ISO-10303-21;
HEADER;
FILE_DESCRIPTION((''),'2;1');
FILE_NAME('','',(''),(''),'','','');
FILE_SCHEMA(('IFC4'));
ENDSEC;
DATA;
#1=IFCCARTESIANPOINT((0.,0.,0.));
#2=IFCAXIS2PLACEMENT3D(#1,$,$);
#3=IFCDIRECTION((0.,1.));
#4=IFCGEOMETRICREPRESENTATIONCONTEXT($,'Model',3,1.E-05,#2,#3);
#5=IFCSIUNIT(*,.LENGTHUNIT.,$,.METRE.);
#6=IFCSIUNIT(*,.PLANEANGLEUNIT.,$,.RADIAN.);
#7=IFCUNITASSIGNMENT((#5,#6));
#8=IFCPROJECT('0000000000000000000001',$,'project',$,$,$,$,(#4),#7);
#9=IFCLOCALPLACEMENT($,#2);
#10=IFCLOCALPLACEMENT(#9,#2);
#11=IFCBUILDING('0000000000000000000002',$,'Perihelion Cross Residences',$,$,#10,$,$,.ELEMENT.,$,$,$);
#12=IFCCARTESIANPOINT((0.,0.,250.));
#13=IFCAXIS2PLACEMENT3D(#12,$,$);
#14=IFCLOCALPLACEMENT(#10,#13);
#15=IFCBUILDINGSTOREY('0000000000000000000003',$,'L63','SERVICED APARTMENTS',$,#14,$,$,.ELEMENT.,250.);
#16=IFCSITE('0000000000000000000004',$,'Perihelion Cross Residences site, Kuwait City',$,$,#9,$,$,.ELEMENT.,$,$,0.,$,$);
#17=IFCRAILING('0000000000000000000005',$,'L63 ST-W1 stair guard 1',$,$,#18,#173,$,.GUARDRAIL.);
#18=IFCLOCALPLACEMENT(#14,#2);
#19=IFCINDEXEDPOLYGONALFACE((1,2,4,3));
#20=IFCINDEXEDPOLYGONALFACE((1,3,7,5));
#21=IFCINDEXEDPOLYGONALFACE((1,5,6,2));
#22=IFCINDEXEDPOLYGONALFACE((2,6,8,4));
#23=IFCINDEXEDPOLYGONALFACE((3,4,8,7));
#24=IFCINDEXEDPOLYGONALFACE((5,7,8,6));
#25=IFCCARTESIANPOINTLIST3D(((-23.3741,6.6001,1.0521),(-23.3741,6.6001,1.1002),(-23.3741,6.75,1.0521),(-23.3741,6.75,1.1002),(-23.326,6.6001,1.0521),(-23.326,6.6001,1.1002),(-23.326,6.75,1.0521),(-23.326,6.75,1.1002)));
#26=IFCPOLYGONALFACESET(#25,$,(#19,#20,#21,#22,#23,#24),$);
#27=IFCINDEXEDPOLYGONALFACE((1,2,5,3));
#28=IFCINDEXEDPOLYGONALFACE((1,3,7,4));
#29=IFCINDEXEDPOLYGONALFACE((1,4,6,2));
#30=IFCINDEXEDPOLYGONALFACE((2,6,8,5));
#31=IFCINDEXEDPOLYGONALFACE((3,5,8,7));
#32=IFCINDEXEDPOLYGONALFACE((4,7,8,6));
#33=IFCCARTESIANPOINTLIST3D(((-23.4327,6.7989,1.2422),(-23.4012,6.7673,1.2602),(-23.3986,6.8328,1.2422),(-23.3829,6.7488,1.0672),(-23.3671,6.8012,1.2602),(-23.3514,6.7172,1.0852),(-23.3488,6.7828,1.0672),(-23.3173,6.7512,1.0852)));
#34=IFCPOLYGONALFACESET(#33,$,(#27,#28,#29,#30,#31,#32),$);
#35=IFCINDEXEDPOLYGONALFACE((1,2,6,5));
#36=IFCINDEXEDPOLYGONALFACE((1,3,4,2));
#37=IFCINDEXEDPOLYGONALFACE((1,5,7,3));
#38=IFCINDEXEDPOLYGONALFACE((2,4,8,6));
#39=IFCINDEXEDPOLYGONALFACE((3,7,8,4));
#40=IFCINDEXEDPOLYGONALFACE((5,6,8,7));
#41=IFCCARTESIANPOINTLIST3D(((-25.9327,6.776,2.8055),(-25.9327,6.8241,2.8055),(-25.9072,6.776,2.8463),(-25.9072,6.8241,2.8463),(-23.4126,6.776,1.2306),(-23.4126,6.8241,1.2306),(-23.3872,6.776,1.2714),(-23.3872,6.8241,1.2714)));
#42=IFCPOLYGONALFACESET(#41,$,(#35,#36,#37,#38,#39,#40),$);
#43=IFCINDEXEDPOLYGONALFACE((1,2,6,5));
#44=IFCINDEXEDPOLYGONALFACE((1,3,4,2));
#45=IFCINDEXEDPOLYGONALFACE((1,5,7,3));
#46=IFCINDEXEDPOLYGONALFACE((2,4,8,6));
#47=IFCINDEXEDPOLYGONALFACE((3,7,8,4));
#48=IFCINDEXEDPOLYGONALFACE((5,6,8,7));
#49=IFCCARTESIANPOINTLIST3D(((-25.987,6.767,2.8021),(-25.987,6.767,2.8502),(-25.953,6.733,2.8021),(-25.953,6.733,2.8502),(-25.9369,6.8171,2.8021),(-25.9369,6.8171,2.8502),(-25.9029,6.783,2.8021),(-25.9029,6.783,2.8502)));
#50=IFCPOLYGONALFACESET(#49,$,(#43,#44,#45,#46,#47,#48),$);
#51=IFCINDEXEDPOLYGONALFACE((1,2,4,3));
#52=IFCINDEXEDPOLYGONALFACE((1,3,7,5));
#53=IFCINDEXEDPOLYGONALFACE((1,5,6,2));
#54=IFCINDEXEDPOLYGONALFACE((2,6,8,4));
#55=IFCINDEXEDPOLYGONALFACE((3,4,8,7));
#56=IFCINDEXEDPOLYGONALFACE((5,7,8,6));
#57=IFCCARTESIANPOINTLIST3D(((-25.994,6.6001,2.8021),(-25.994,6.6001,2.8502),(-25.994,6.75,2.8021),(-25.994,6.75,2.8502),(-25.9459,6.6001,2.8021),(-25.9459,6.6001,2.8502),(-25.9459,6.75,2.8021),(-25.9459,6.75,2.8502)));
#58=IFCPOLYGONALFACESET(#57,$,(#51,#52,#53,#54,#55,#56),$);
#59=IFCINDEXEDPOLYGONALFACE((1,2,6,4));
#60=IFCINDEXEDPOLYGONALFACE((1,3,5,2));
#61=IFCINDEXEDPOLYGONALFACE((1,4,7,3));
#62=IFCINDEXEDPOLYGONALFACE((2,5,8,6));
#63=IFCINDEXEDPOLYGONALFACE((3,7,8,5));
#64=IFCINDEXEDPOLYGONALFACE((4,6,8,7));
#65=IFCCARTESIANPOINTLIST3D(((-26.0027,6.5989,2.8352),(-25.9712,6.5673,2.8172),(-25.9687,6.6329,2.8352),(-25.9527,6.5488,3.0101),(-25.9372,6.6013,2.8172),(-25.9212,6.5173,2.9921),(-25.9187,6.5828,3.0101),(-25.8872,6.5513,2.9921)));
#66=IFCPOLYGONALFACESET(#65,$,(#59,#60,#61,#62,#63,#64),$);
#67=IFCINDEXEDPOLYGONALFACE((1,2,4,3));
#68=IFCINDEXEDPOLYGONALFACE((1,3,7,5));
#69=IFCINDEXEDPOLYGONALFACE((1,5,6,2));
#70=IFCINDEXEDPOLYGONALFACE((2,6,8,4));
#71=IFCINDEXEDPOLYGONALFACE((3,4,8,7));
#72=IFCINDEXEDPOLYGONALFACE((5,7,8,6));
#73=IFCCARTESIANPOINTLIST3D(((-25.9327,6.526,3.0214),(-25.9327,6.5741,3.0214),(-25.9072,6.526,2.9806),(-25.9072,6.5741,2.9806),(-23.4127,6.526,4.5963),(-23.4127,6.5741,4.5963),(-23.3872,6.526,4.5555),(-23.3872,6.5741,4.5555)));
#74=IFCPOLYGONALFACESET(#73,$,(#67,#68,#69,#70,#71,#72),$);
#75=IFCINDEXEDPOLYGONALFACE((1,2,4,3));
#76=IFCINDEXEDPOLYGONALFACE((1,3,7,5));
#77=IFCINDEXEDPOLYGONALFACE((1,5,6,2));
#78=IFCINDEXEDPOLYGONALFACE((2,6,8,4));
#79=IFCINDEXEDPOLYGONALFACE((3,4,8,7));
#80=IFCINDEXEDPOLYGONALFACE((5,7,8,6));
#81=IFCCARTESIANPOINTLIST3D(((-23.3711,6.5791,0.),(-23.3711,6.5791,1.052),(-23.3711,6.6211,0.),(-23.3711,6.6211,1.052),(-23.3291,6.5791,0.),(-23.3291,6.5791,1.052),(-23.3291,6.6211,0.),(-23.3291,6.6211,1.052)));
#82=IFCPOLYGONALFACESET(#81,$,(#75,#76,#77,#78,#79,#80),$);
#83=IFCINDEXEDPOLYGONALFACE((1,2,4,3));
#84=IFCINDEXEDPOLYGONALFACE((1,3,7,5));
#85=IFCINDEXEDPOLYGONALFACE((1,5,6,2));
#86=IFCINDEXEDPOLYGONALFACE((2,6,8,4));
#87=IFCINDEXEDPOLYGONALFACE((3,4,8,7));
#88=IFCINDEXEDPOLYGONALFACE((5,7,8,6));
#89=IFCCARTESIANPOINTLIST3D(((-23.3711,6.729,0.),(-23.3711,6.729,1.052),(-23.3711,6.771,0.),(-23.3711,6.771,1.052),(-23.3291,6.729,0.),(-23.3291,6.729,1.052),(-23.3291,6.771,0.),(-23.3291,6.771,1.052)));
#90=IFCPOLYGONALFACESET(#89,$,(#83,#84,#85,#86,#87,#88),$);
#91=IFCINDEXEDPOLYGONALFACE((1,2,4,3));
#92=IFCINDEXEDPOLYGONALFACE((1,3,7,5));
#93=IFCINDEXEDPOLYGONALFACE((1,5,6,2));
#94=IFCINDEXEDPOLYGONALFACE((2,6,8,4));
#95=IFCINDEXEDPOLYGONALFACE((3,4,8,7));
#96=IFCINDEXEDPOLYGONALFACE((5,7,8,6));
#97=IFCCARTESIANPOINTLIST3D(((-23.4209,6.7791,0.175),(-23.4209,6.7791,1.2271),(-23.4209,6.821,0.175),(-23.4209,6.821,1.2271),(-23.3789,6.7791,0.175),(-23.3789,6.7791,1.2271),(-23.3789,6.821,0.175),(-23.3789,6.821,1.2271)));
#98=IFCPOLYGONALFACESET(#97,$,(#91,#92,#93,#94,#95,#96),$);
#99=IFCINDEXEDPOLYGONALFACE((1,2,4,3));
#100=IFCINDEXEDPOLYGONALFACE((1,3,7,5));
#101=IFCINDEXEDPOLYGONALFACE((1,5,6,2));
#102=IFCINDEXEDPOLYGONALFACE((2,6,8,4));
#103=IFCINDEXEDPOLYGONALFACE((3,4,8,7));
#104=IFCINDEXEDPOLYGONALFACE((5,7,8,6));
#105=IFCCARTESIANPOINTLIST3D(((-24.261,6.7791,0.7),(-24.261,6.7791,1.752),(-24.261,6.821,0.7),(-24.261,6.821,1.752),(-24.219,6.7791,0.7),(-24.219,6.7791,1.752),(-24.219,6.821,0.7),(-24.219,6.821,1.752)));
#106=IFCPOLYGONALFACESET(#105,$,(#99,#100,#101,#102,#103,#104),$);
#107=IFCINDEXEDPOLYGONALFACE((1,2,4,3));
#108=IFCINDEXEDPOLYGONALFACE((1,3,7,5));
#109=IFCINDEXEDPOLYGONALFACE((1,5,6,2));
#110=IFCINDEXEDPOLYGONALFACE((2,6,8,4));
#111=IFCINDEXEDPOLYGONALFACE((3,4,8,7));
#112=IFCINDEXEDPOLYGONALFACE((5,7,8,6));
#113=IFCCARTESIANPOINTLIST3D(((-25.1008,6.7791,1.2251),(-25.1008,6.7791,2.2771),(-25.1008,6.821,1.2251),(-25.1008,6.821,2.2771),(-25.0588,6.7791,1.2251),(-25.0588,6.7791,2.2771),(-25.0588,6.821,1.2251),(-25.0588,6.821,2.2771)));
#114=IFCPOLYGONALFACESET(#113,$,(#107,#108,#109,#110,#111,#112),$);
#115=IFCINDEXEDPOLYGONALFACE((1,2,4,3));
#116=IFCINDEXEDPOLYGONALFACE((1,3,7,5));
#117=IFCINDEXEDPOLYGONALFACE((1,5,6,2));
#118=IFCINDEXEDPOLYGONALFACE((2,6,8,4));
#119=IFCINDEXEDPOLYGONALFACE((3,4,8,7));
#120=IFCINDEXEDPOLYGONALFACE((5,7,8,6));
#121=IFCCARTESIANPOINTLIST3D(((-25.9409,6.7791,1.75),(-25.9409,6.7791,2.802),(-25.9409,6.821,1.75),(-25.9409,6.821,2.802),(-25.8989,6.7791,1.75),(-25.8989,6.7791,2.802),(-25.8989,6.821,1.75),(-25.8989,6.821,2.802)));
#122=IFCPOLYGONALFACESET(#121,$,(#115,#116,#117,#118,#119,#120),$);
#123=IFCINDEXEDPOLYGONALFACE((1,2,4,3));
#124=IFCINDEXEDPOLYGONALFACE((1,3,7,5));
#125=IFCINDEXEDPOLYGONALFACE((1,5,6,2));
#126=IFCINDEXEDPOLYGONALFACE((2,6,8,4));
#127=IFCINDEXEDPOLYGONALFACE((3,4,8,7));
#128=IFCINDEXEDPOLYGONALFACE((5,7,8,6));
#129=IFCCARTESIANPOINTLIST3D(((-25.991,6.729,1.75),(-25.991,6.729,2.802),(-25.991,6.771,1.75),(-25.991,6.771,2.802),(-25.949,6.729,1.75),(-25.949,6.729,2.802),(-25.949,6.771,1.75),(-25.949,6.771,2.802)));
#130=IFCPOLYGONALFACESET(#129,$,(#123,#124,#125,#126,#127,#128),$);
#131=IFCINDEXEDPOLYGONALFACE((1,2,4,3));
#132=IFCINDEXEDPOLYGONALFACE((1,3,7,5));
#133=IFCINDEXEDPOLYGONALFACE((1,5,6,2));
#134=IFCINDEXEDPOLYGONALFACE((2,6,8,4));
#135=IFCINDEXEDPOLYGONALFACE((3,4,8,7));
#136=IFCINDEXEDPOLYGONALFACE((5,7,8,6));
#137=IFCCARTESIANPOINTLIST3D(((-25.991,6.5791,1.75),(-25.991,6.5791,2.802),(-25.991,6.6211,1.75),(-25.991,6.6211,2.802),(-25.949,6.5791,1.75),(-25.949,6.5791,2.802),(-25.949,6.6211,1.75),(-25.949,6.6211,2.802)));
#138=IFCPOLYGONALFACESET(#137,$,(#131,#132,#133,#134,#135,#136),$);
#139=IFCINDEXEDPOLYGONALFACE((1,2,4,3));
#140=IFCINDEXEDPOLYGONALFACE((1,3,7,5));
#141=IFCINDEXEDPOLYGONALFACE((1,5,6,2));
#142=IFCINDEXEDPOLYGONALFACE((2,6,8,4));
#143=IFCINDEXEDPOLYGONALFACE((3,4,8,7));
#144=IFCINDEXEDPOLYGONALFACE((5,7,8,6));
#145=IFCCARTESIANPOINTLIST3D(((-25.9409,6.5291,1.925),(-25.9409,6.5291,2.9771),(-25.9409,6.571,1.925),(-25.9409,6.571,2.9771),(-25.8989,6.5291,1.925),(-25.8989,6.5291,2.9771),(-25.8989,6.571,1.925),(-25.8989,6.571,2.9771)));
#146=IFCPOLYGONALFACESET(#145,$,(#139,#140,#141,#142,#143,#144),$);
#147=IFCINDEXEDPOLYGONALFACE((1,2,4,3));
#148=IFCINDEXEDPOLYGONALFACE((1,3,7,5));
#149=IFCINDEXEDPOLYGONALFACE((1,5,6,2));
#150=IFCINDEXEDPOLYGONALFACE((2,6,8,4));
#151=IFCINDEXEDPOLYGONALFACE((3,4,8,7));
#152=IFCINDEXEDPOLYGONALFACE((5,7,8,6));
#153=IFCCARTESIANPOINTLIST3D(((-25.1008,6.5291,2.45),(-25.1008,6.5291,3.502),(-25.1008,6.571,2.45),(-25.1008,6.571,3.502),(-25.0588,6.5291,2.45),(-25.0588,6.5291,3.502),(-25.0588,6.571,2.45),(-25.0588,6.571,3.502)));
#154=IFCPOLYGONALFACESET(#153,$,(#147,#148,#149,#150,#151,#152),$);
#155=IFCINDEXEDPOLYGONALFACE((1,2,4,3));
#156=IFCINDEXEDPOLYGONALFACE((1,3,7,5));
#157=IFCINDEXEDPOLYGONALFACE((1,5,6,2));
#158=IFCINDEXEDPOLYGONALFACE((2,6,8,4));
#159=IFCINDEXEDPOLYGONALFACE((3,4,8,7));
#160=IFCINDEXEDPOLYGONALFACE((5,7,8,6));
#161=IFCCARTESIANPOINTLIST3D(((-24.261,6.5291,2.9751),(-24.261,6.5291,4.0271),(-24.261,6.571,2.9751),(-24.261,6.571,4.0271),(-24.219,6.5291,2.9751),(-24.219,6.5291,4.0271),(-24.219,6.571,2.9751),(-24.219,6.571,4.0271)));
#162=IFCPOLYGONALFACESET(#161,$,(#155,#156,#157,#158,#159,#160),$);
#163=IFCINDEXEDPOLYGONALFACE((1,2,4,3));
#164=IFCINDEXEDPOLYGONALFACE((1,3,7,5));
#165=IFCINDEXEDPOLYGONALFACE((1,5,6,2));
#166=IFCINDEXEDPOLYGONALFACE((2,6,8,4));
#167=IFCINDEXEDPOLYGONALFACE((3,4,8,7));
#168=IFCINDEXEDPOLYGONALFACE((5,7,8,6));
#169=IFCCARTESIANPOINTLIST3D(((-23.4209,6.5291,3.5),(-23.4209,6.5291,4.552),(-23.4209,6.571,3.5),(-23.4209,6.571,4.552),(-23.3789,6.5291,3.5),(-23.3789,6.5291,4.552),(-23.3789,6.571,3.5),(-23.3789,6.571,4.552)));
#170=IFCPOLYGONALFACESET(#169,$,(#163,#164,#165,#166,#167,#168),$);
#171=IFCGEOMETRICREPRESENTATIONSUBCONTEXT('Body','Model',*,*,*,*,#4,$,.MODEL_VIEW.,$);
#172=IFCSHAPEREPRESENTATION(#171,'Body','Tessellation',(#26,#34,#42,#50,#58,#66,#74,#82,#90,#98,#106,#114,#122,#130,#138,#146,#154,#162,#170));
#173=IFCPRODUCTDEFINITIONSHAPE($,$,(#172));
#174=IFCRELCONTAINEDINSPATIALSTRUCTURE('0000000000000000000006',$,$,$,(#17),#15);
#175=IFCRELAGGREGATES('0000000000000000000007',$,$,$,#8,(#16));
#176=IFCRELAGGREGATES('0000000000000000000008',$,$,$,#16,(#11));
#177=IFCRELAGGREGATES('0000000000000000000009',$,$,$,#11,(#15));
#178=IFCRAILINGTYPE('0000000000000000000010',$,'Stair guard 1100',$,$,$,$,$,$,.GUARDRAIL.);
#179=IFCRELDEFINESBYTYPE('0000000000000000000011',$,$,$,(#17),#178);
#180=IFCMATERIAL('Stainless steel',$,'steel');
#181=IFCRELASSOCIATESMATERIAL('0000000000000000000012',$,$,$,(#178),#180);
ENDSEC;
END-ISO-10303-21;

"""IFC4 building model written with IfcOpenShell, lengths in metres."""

from ifc_helpers import new_model, si_unit, direction, frame, origin, origin_2d, place, context, subcontext, project, spatial, rectangle, extrude, material, type_object, element, save


model = new_model("IFC4")

# Units and contexts
model_context = context("Model", 3, precision=1e-05, world=origin(), true_north=direction((0.0, 1.0)))
body_context = subcontext(model_context, "Body", "Model", "MODEL_VIEW")
ifc_project = project(units=[si_unit("LENGTHUNIT", "METRE"), si_unit("PLANEANGLEUNIT", "RADIAN")], contexts=[model_context])

# Site, building, storey
site_placement = place(None, origin())
site = spatial("IfcSite", under=ifc_project, at=site_placement, Name="Perihelion Cross Residences site, Kuwait City", CompositionType="ELEMENT", RefElevation=0.0)
building_placement = place(site_placement, origin())
building = spatial("IfcBuilding", under=site, at=building_placement, Name="Perihelion Cross Residences", CompositionType="ELEMENT")
storey_placement = place(building_placement, frame((0.0, 0.0, 250.0)))
storey = spatial("IfcBuildingStorey", under=building, at=storey_placement, Name="L63", Description="SERVICED APARTMENTS", CompositionType="ELEMENT", Elevation=250.0)

# Railing
ifc_material_1 = material(Name="Stainless steel", Category="steel")
railing_type_1 = type_object("IfcRailingType", Name="Stair guard 1100", PredefinedType="GUARDRAIL", material=ifc_material_1)
railing_1_placement = place(storey_placement, frame((-23.3501, 6.6001, 0.0)))
element("IfcRailing", 1, at=railing_1_placement, inside=storey, type_object=railing_type_1, Name="L63 ST-W1 stair guard 1", PredefinedType="GUARDRAIL", context=body_context, shape_type="SweptSolid", body=[
    extrude(rectangle(XDim=0.0481, YDim=0.0481, at=origin_2d()), frame((0.0, 0.0, 1.0762), z_axis=(0.0, 1.0, 0.0), x_axis=(-1.0, 0.0, 0.0)), (0.0, 0.0, 1.0), 0.1499),
    extrude(rectangle(XDim=0.0481, YDim=0.0481, at=origin_2d()), frame((0.0, 0.1499, 1.0762), z_axis=(-0.263862, 0.265156, 0.927399), x_axis=(-0.708834, -0.705376, 0.0)), (0.0, 0.0, 1.0), 0.1887),
    extrude(rectangle(XDim=0.0481, YDim=0.0481, at=origin_2d()), frame((-0.0498, 0.2, 1.251), z_axis=(-0.848008, 0.0, 0.529984), x_axis=(0.0, -1.0, 0.0)), (0.0, 0.0, 1.0), 2.9717),
    extrude(rectangle(XDim=0.0481, YDim=0.0481, at=origin_2d()), frame((-2.5698, 0.2, 2.8262), z_axis=(-0.707107, -0.707107, 0.0), x_axis=(0.707107, -0.707107, 0.0)), (0.0, 0.0, 1.0), 0.0708),
    extrude(rectangle(XDim=0.0481, YDim=0.0481, at=origin_2d()), frame((-2.6199, 0.1499, 2.8262), z_axis=(0.0, -1.0, 0.0), x_axis=(1.0, 0.0, 0.0)), (0.0, 0.0, 1.0), 0.1499),
    extrude(rectangle(XDim=0.0481, YDim=0.0481, at=origin_2d()), frame((-2.6199, 0.0, 2.8262), z_axis=(0.265065, -0.265065, 0.927082), x_axis=(0.707107, 0.707107, 0.0)), (0.0, 0.0, 1.0), 0.1887),
    extrude(rectangle(XDim=0.0481, YDim=0.0481, at=origin_2d()), frame((-2.5698, -0.05, 3.001), z_axis=(0.848008, 0.0, 0.529984), x_axis=(0.0, 1.0, 0.0)), (0.0, 0.0, 1.0), 2.9717),
    extrude(rectangle(XDim=0.042, YDim=0.042, at=origin_2d()), origin(), (0.0, 0.0, 1.0), 1.052),
    extrude(rectangle(XDim=0.042, YDim=0.042, at=origin_2d()), frame((0.0, 0.1499, 0.0)), (0.0, 0.0, 1.0), 1.052),
    extrude(rectangle(XDim=0.042, YDim=0.042, at=origin_2d()), frame((-0.0498, 0.2, 0.175)), (0.0, 0.0, 1.0), 1.052),
    extrude(rectangle(XDim=0.042, YDim=0.042, at=origin_2d()), frame((-0.8899, 0.2, 0.7)), (0.0, 0.0, 1.0), 1.052),
    extrude(rectangle(XDim=0.042, YDim=0.042, at=origin_2d()), frame((-1.7297, 0.2, 1.2251)), (0.0, 0.0, 1.0), 1.052),
    extrude(rectangle(XDim=0.042, YDim=0.042, at=origin_2d()), frame((-2.5698, 0.2, 1.75)), (0.0, 0.0, 1.0), 1.052),
    extrude(rectangle(XDim=0.042, YDim=0.042, at=origin_2d()), frame((-2.6199, 0.1499, 1.75)), (0.0, 0.0, 1.0), 1.052),
    extrude(rectangle(XDim=0.042, YDim=0.042, at=origin_2d()), frame((-2.6199, 0.0, 1.75)), (0.0, 0.0, 1.0), 1.052),
    extrude(rectangle(XDim=0.042, YDim=0.042, at=origin_2d()), frame((-2.5698, -0.05, 1.925)), (0.0, 0.0, 1.0), 1.052),
    extrude(rectangle(XDim=0.042, YDim=0.042, at=origin_2d()), frame((-1.7297, -0.05, 2.45)), (0.0, 0.0, 1.0), 1.052),
    extrude(rectangle(XDim=0.042, YDim=0.042, at=origin_2d()), frame((-0.8899, -0.05, 2.9751)), (0.0, 0.0, 1.0), 1.052),
    extrude(rectangle(XDim=0.042, YDim=0.042, at=origin_2d()), frame((-0.0498, -0.05, 3.5)), (0.0, 0.0, 1.0), 1.052),
])

save(model, "model.ifc")
